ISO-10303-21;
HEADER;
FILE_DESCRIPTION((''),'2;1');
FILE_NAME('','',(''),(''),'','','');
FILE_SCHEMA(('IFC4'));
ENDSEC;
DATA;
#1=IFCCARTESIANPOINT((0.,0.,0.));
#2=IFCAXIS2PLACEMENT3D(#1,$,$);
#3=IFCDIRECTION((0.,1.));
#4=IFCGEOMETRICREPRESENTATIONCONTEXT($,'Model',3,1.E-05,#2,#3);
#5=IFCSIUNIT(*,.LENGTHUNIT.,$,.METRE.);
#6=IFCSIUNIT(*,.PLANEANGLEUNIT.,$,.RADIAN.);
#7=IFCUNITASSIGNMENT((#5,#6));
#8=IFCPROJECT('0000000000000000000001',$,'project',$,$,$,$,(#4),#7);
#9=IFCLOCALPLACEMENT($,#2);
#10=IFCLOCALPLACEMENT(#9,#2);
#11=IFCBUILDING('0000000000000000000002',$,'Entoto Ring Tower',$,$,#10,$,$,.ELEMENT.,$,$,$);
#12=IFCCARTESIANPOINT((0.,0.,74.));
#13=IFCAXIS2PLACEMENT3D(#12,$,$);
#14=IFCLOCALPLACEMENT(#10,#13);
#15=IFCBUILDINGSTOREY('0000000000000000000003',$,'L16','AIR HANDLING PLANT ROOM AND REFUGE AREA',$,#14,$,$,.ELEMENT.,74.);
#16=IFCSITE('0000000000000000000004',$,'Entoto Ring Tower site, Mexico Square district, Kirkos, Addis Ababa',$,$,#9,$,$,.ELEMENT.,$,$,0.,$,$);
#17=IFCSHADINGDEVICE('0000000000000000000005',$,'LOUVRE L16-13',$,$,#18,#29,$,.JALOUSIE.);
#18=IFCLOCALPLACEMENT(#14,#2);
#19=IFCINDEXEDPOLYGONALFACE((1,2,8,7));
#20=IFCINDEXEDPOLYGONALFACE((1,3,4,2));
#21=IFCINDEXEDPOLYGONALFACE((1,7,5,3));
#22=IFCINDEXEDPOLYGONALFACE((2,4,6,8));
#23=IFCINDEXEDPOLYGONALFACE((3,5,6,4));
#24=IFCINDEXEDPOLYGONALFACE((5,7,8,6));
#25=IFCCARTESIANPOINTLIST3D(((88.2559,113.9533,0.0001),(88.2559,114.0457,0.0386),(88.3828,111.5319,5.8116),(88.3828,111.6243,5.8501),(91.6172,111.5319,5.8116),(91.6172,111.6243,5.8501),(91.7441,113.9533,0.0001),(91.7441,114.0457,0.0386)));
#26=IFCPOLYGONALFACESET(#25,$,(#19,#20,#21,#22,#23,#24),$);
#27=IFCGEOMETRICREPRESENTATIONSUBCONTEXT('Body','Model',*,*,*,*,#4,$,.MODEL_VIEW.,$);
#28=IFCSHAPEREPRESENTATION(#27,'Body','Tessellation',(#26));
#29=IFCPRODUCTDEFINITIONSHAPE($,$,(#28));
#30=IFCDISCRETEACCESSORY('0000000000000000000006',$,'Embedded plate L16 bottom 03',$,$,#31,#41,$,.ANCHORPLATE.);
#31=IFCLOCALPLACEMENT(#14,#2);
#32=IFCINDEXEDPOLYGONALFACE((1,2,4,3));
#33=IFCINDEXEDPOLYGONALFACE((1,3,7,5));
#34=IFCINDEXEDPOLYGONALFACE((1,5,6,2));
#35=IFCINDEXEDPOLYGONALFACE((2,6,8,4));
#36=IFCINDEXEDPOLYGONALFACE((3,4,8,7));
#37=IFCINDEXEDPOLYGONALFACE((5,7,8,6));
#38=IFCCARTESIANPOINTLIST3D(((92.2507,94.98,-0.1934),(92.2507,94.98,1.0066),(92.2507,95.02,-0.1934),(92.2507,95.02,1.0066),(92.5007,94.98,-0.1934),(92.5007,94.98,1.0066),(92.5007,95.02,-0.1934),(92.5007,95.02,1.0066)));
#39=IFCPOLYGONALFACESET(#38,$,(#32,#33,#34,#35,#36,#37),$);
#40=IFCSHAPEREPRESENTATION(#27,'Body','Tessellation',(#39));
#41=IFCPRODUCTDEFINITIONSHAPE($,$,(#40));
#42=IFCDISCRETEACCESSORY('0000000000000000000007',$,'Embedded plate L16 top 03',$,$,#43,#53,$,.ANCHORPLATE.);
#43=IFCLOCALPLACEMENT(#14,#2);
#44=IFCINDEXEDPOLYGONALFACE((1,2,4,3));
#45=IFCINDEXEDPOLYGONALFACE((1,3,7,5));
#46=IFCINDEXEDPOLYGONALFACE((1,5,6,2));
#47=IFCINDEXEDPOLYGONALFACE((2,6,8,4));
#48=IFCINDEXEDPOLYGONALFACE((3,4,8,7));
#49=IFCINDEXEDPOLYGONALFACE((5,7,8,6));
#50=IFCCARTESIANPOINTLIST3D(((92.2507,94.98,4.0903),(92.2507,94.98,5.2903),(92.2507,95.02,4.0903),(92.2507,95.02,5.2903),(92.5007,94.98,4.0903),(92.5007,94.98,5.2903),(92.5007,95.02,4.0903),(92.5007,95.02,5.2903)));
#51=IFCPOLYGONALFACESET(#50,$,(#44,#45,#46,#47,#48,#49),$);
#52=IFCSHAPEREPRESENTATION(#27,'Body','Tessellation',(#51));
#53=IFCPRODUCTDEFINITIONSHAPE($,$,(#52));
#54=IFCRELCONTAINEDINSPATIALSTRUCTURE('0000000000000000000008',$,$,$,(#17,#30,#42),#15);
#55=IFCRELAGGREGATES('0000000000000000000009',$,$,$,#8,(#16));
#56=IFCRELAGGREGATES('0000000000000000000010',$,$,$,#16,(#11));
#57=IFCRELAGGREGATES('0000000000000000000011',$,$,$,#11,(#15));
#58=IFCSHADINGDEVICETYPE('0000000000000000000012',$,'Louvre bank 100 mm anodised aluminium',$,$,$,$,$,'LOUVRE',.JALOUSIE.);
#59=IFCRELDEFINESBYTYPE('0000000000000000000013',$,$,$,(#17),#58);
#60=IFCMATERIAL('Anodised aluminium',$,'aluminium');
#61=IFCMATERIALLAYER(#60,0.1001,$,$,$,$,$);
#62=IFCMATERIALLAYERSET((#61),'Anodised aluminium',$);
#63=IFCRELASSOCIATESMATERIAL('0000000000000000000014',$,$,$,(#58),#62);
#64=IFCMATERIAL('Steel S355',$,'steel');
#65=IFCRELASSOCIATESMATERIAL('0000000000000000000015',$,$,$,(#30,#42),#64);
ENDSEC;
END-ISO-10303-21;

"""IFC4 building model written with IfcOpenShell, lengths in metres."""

from ifc_helpers import new_model, si_unit, direction, frame, origin, origin_2d, place, context, subcontext, project, spatial, polyline, rectangle, outline, extrude, material, layer, layer_set, type_object, element, save


model = new_model("IFC4")

# Units and contexts
model_context = context("Model", 3, precision=1e-05, world=origin(), true_north=direction((0.0, 1.0)))
body_context = subcontext(model_context, "Body", "Model", "MODEL_VIEW")
ifc_project = project(units=[si_unit("LENGTHUNIT", "METRE"), si_unit("PLANEANGLEUNIT", "RADIAN")], contexts=[model_context])

# Site, building, storey
site_placement = place(None, origin())
site = spatial("IfcSite", under=ifc_project, at=site_placement, Name="Entoto Ring Tower site, Mexico Square district, Kirkos, Addis Ababa", CompositionType="ELEMENT", RefElevation=0.0)
building_placement = place(site_placement, origin())
building = spatial("IfcBuilding", under=site, at=building_placement, Name="Entoto Ring Tower", CompositionType="ELEMENT")
storey_placement = place(building_placement, frame((0.0, 0.0, 74.0)))
storey = spatial("IfcBuildingStorey", under=building, at=storey_placement, Name="L16", Description="AIR HANDLING PLANT ROOM AND REFUGE AREA", CompositionType="ELEMENT", Elevation=74.0)

# Shading device
ifc_material_1 = material(Name="Anodised aluminium", Category="aluminium")
ifc_layer_1 = layer(ifc_material_1, 0.1001)
ifc_layer_set_1 = layer_set([ifc_layer_1], Name="Anodised aluminium")
shading_device_type = type_object("IfcShadingDeviceType", Name="Louvre bank 100 mm anodised aluminium", ElementType="LOUVRE", PredefinedType="JALOUSIE", material=ifc_layer_set_1)
shading_device_1_placement = place(storey_placement, frame((91.7441, 114.0457, 0.0386), z_axis=(0.0, 0.923082, 0.384604), x_axis=(-1.0, 0.0, 0.0)))
element("IfcShadingDevice", 1, at=shading_device_1_placement, inside=storey, type_object=shading_device_type, Name="LOUVRE L16-13", PredefinedType="JALOUSIE", context=body_context, shape_type="SweptSolid", body=[
    extrude(outline(polyline([(0.0, 0.0), (3.4883, 0.0), (3.3613, 6.2958), (0.127, 6.2958), (0.0, 0.0)])), origin(), (0.0, 0.0, -1.0), 0.1001),
])

# Discrete accessories
ifc_material_2 = material(Name="Steel S355", Category="steel")
for number, where, z_axis, x_axis, name in (
    (2, (92.3757, 95.0, -0.1934), (0.0, 0.0, 1.0), (0.0, 1.0, 0.0), "Embedded plate L16 bottom 03"),
    (3, (92.3757, 95.0, 4.0903), (0.0, 0.0, 1.0), (0.0, 1.0, 0.0), "Embedded plate L16 top 03"),
):
    element("IfcDiscreteAccessory", number, at=place(storey_placement, frame(where, z_axis=z_axis, x_axis=x_axis)), inside=storey, material=ifc_material_2, Name=name, PredefinedType="ANCHORPLATE", context=body_context, shape_type="SweptSolid", body=[
        extrude(rectangle(XDim=0.04, YDim=0.25, at=origin_2d()), origin(), (0.0, 0.0, 1.0), 1.2),
    ])

save(model, "model.ifc")
